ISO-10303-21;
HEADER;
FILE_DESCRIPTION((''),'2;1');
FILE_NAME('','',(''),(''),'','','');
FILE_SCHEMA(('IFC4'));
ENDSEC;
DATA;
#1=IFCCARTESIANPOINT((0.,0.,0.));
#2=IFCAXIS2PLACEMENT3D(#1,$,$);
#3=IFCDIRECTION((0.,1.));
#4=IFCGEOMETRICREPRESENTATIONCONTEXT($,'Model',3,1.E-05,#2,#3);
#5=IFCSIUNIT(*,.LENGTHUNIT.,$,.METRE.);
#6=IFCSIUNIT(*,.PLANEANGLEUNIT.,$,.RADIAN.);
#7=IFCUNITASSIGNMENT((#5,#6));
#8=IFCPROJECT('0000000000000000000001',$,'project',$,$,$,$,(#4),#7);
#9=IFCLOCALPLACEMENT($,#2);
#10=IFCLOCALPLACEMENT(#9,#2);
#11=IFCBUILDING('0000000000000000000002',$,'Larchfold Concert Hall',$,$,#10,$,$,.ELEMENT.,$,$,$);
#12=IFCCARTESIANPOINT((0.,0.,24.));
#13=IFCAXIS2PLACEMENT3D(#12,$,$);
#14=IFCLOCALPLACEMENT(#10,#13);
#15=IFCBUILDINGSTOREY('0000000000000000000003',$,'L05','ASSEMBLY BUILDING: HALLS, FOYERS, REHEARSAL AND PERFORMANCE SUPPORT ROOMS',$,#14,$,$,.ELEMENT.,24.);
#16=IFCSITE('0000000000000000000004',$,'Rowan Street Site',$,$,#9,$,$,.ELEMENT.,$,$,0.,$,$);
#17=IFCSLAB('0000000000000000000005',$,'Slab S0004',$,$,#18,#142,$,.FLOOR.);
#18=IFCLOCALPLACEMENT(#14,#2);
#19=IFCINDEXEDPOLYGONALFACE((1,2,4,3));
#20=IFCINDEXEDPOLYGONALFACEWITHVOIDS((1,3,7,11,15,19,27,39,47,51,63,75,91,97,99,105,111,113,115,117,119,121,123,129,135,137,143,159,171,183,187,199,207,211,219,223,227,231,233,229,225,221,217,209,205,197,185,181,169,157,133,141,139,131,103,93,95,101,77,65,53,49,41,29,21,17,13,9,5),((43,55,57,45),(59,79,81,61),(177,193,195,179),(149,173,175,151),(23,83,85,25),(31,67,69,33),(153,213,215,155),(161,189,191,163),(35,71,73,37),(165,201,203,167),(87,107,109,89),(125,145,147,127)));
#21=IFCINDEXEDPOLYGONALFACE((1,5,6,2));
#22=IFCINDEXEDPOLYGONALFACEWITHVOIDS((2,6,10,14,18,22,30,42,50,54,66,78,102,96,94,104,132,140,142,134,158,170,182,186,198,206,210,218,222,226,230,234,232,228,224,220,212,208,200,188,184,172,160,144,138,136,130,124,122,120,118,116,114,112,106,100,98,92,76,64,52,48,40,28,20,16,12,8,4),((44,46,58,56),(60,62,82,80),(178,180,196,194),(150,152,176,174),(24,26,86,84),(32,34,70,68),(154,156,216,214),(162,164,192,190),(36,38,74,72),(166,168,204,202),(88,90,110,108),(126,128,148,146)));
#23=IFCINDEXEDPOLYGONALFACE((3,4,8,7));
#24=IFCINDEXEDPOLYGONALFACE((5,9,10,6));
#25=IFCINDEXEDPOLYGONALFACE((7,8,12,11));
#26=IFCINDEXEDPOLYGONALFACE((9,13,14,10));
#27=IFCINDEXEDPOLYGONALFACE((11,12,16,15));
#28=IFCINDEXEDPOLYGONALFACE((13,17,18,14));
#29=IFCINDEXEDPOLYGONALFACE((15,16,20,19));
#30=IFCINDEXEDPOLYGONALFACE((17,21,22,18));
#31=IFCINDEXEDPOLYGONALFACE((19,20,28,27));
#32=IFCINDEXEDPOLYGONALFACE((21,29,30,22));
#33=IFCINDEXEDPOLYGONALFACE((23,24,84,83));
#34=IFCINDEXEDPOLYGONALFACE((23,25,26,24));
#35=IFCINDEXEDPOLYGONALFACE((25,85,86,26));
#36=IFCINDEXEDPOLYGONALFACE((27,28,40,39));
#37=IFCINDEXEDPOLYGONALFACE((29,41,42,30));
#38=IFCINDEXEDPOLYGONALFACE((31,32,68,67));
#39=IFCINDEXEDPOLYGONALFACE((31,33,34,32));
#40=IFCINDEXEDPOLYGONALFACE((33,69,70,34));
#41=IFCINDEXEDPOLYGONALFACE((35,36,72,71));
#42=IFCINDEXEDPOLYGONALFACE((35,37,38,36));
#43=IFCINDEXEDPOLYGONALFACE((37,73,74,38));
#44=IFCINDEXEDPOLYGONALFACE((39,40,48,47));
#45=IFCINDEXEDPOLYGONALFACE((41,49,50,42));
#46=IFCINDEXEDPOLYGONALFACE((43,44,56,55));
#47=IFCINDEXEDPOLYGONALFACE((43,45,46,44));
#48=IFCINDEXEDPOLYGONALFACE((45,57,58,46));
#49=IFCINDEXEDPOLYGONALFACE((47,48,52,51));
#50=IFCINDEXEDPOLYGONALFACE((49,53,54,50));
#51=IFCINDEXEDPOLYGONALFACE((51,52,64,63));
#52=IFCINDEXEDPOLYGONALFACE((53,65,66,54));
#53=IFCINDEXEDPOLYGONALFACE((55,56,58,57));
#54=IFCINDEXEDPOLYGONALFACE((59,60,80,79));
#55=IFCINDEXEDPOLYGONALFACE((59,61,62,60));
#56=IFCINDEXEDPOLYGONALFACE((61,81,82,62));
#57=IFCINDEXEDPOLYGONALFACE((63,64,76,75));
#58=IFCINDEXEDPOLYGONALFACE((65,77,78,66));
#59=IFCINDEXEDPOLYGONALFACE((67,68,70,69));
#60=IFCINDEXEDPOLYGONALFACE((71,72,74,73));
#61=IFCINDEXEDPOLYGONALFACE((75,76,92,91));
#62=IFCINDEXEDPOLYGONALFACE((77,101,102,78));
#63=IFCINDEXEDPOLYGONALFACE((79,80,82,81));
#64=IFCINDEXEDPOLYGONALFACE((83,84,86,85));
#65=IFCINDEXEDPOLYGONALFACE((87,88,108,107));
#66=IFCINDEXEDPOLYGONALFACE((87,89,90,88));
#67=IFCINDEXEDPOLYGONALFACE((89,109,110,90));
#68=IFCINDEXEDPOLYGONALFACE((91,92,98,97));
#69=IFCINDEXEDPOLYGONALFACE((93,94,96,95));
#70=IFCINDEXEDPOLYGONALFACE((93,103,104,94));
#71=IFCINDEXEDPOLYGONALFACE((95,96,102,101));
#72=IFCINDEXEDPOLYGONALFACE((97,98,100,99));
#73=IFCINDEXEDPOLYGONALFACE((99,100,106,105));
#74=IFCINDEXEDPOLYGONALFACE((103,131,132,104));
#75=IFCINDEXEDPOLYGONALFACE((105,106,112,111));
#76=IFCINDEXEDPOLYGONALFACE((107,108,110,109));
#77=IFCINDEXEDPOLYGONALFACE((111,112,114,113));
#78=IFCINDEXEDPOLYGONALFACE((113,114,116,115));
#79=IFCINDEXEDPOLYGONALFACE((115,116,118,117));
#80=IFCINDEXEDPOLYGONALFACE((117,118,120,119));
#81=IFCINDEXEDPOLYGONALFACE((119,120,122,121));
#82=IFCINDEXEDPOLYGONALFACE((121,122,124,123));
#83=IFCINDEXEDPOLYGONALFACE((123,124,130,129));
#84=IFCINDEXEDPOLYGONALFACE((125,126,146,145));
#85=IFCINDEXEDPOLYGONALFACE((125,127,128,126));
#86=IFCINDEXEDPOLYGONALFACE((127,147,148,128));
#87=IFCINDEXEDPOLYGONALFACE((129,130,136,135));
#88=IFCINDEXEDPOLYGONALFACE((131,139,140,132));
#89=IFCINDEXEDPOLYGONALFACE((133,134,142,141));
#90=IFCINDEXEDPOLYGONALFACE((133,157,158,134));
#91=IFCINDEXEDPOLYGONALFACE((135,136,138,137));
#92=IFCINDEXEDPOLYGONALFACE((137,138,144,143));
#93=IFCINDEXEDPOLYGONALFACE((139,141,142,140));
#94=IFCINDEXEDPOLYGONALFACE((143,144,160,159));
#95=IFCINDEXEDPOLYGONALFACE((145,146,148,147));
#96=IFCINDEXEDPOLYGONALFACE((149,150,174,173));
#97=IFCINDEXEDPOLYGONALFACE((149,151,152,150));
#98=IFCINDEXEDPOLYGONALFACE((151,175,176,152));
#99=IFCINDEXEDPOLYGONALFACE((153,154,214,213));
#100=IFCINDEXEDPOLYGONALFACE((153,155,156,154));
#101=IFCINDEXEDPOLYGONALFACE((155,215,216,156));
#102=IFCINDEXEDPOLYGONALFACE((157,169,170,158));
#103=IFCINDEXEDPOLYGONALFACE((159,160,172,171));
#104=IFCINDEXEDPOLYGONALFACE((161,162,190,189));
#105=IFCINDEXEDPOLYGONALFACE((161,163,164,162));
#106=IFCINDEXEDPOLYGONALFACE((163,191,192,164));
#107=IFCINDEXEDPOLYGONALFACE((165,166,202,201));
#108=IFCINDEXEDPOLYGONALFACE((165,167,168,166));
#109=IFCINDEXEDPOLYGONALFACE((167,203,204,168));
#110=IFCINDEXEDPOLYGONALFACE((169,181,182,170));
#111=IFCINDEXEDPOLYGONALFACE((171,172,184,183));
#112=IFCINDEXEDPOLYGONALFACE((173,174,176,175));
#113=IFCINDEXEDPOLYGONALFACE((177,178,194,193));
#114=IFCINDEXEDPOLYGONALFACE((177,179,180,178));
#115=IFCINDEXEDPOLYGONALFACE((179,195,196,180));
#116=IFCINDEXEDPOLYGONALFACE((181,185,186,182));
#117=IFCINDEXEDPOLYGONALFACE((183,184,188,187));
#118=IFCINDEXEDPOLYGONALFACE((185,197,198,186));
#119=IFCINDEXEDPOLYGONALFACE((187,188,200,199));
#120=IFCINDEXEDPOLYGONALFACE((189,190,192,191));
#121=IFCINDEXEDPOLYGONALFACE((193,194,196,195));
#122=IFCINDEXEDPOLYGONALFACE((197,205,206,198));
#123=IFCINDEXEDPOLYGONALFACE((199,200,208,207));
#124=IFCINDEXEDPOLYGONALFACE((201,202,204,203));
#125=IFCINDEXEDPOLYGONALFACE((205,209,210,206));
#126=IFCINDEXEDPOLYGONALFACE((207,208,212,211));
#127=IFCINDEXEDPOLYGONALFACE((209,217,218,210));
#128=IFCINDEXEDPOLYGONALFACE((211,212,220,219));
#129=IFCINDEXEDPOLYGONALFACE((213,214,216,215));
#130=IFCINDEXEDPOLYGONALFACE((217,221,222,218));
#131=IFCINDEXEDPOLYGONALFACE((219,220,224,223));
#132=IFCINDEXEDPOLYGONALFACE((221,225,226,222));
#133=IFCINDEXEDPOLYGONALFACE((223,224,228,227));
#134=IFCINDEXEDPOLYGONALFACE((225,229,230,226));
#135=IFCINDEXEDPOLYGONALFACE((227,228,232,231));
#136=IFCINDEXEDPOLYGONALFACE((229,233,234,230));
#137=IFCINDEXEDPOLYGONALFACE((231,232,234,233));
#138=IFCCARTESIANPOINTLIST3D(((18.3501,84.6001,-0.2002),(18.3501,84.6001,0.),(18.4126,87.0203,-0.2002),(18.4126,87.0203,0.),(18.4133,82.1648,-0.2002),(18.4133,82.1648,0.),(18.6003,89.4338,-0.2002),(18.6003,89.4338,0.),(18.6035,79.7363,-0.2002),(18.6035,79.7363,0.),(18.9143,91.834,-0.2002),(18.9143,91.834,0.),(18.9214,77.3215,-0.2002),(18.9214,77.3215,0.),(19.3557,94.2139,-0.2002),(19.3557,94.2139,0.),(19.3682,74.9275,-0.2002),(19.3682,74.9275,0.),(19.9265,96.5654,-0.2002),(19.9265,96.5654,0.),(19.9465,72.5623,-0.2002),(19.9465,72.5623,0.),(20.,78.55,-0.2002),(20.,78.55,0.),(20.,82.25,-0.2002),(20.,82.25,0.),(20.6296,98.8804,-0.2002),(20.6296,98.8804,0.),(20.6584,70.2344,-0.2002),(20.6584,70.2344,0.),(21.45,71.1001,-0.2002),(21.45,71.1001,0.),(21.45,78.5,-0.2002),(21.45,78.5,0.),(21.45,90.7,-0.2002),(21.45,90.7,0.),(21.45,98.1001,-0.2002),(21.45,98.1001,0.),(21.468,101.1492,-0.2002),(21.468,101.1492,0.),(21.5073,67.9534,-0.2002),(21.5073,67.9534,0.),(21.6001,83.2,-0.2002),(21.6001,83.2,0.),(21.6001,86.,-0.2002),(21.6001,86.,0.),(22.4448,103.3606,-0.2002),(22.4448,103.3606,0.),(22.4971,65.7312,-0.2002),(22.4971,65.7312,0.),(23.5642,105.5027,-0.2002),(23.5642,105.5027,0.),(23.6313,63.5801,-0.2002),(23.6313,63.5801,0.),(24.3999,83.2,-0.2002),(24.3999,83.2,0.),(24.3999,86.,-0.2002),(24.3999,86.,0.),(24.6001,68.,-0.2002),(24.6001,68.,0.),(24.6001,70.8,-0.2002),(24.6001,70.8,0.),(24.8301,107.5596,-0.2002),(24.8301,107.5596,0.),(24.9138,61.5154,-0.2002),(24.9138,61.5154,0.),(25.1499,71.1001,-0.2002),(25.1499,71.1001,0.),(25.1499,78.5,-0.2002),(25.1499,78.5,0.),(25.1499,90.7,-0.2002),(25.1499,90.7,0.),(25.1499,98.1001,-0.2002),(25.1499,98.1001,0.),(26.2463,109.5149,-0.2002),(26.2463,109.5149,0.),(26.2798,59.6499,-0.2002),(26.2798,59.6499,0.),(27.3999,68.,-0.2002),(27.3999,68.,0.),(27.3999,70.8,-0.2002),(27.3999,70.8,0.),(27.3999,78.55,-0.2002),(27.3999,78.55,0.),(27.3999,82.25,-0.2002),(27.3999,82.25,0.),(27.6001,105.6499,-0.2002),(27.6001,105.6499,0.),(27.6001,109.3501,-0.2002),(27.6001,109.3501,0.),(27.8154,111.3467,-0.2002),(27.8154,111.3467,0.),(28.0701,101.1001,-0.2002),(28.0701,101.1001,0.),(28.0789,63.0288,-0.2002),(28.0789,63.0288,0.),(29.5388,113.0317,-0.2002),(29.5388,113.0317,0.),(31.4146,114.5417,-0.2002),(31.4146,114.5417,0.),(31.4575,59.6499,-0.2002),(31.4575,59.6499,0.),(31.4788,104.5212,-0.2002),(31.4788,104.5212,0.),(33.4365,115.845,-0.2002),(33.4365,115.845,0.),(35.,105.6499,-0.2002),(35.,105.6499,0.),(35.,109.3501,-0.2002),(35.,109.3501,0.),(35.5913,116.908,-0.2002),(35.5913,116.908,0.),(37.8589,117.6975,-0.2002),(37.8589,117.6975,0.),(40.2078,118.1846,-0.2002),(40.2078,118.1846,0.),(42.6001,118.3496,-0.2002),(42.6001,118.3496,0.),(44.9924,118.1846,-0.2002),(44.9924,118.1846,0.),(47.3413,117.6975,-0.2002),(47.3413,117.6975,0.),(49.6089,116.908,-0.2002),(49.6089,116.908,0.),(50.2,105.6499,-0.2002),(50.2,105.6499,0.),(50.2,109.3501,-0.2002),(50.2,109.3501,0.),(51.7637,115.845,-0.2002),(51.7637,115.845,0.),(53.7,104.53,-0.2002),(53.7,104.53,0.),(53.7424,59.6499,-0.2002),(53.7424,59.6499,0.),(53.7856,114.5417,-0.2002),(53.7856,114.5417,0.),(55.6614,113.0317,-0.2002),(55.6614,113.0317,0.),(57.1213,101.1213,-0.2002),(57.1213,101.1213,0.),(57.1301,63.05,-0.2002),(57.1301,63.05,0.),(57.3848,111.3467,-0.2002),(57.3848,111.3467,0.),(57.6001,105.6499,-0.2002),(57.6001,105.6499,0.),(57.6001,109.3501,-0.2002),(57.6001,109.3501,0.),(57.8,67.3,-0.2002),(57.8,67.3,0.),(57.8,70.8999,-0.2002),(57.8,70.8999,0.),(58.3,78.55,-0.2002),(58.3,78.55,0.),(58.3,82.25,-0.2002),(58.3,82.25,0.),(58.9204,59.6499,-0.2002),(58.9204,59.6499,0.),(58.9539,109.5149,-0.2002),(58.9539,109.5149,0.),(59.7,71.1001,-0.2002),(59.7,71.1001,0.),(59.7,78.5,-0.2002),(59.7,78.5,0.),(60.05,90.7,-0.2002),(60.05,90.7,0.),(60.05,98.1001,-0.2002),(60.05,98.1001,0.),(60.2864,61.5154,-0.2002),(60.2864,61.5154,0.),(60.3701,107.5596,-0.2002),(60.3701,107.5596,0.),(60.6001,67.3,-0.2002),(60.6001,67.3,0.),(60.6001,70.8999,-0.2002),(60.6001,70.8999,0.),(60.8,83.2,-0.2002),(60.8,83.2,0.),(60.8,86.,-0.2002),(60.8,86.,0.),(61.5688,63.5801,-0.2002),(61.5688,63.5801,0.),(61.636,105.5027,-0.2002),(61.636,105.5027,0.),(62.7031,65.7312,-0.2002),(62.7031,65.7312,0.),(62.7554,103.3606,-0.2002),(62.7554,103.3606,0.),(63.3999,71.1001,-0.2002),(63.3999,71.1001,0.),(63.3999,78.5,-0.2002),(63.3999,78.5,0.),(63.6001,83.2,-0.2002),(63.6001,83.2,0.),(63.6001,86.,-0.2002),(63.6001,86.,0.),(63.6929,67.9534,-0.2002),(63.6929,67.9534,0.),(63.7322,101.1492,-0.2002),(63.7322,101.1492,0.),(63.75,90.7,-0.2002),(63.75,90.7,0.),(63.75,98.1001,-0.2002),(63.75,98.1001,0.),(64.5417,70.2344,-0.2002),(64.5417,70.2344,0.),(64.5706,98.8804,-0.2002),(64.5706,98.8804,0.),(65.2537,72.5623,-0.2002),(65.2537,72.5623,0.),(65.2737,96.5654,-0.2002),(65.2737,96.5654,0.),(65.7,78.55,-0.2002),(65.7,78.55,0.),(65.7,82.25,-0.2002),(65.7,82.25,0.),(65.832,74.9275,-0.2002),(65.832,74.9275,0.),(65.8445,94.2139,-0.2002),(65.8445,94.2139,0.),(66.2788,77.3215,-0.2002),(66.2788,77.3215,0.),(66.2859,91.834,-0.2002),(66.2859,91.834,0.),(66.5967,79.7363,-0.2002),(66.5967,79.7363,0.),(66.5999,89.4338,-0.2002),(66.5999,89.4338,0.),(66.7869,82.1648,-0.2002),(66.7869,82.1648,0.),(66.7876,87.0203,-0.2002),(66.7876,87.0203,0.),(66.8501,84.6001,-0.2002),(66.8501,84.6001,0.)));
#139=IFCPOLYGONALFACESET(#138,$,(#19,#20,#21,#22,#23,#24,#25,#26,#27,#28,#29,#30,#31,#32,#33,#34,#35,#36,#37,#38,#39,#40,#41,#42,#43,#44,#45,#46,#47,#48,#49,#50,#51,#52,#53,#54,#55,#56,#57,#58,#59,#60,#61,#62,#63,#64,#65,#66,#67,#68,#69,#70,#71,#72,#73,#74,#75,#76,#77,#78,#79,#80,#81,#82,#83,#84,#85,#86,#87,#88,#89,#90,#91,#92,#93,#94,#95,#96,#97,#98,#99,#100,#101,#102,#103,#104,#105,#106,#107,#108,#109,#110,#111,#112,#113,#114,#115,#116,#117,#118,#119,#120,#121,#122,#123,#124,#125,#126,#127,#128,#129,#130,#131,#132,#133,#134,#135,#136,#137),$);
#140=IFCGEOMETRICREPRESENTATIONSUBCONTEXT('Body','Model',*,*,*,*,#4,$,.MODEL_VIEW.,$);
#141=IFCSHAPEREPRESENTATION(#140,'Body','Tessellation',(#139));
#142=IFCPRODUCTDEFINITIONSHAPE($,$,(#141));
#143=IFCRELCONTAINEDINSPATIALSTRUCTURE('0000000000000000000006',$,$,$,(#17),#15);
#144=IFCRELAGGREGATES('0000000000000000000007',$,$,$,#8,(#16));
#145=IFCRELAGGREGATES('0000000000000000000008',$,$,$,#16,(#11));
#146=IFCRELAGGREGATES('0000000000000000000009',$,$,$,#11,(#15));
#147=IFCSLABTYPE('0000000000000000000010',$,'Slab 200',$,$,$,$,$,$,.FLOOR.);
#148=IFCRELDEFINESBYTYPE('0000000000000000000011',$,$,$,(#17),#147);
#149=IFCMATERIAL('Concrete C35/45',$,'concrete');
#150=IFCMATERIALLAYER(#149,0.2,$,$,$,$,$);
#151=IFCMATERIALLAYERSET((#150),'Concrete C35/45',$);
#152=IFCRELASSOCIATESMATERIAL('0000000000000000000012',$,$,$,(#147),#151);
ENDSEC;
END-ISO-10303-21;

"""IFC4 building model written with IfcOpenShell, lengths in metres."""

from ifc_helpers import new_model, si_unit, direction, frame, origin, place, context, subcontext, project, spatial, polyline, outline, extrude, material, layer, layer_set, type_object, element, save


model = new_model("IFC4")

# Units and contexts
model_context = context("Model", 3, precision=1e-05, world=origin(), true_north=direction((0.0, 1.0)))
body_context = subcontext(model_context, "Body", "Model", "MODEL_VIEW")
ifc_project = project(units=[si_unit("LENGTHUNIT", "METRE"), si_unit("PLANEANGLEUNIT", "RADIAN")], contexts=[model_context])

# Site, building, storey
site_placement = place(None, origin())
site = spatial("IfcSite", under=ifc_project, at=site_placement, Name="Rowan Street Site", CompositionType="ELEMENT", RefElevation=0.0)
building_placement = place(site_placement, origin())
building = spatial("IfcBuilding", under=site, at=building_placement, Name="Larchfold Concert Hall", CompositionType="ELEMENT")
storey_placement = place(building_placement, frame((0.0, 0.0, 24.0)))
storey = spatial("IfcBuildingStorey", under=building, at=storey_placement, Name="L05", Description="ASSEMBLY BUILDING: HALLS, FOYERS, REHEARSAL AND PERFORMANCE SUPPORT ROOMS", CompositionType="ELEMENT", Elevation=24.0)

# Slab
ifc_material_1 = material(Name="Concrete C35/45", Category="concrete")
ifc_layer_1 = layer(ifc_material_1, 0.2)
ifc_layer_set_1 = layer_set([ifc_layer_1], Name="Concrete C35/45")
slab_type_1 = type_object("IfcSlabType", Name="Slab 200", PredefinedType="FLOOR", material=ifc_layer_set_1)
slab_1_placement = place(storey_placement, frame((0.0, 0.0, -0.2002)))
element("IfcSlab", 1, at=slab_1_placement, inside=storey, type_object=slab_type_1, Name="Slab S0004", PredefinedType="FLOOR", context=body_context, shape_type="SweptSolid", body=[
    extrude(outline(polyline([(24.9138, 61.5154), (26.2798, 59.6499), (31.4575, 59.6499), (28.0789, 63.0288), (28.0701, 101.1001), (31.4788, 104.5212), (53.7, 104.53), (57.1213, 101.1213), (57.1301, 63.05), (53.7424, 59.6499), (58.9204, 59.6499), (60.2864, 61.5154), (61.5688, 63.5801), (62.7031, 65.7312), (63.6929, 67.9534), (64.5417, 70.2344), (65.2537, 72.5623), (65.832, 74.9275), (66.2788, 77.3215), (66.5967, 79.7363), (66.7869, 82.1648), (66.8501, 84.6001), (66.7876, 87.0203), (66.5999, 89.4338), (66.2859, 91.834), (65.8445, 94.2139), (65.2737, 96.5654), (64.5706, 98.8804), (63.7322, 101.1492), (62.7554, 103.3606), (61.636, 105.5027), (60.3701, 107.5596), (58.9539, 109.5149), (57.3848, 111.3467), (55.6614, 113.0317), (53.7856, 114.5417), (51.7637, 115.845), (49.6089, 116.908), (47.3413, 117.6975), (44.9924, 118.1846), (42.6001, 118.3496), (40.2078, 118.1846), (37.8589, 117.6975), (35.5913, 116.908), (33.4365, 115.845), (31.4146, 114.5417), (29.5388, 113.0317), (27.8154, 111.3467), (26.2463, 109.5149), (24.8301, 107.5596), (23.5642, 105.5027), (22.4448, 103.3606), (21.468, 101.1492), (20.6296, 98.8804), (19.9265, 96.5654), (19.3557, 94.2139), (18.9143, 91.834), (18.6003, 89.4338), (18.4126, 87.0203), (18.3501, 84.6001), (18.4133, 82.1648), (18.6035, 79.7363), (18.9214, 77.3215), (19.3682, 74.9275), (19.9465, 72.5623), (20.6584, 70.2344), (21.5073, 67.9534), (22.4971, 65.7312), (23.6313, 63.5801), (24.9138, 61.5154)]), holes=[polyline([(24.6001, 70.8), (27.3999, 70.8), (27.3999, 68.0), (24.6001, 68.0), (24.6001, 70.8)]), polyline([(25.1499, 78.5), (25.1499, 71.1001), (21.45, 71.1001), (21.45, 78.5), (25.1499, 78.5)]), polyline([(27.3999, 82.25), (27.3999, 78.55), (20.0, 78.55), (20.0, 82.25), (27.3999, 82.25)]), polyline([(21.6001, 86.0), (24.3999, 86.0), (24.3999, 83.2), (21.6001, 83.2), (21.6001, 86.0)]), polyline([(25.1499, 98.1001), (25.1499, 90.7), (21.45, 90.7), (21.45, 98.1001), (25.1499, 98.1001)]), polyline([(35.0, 109.3501), (35.0, 105.6499), (27.6001, 105.6499), (27.6001, 109.3501), (35.0, 109.3501)]), polyline([(57.8, 70.8999), (60.6001, 70.8999), (60.6001, 67.3), (57.8, 67.3), (57.8, 70.8999)]), polyline([(63.3999, 78.5), (63.3999, 71.1001), (59.7, 71.1001), (59.7, 78.5), (63.3999, 78.5)]), polyline([(65.7, 82.25), (65.7, 78.55), (58.3, 78.55), (58.3, 82.25), (65.7, 82.25)]), polyline([(60.8, 86.0), (63.6001, 86.0), (63.6001, 83.2), (60.8, 83.2), (60.8, 86.0)]), polyline([(63.75, 98.1001), (63.75, 90.7), (60.05, 90.7), (60.05, 98.1001), (63.75, 98.1001)]), polyline([(57.6001, 109.3501), (57.6001, 105.6499), (50.2, 105.6499), (50.2, 109.3501), (57.6001, 109.3501)])]), origin(), (0.0, 0.0, 1.0), 0.2002),
])

save(model, "model.ifc")
